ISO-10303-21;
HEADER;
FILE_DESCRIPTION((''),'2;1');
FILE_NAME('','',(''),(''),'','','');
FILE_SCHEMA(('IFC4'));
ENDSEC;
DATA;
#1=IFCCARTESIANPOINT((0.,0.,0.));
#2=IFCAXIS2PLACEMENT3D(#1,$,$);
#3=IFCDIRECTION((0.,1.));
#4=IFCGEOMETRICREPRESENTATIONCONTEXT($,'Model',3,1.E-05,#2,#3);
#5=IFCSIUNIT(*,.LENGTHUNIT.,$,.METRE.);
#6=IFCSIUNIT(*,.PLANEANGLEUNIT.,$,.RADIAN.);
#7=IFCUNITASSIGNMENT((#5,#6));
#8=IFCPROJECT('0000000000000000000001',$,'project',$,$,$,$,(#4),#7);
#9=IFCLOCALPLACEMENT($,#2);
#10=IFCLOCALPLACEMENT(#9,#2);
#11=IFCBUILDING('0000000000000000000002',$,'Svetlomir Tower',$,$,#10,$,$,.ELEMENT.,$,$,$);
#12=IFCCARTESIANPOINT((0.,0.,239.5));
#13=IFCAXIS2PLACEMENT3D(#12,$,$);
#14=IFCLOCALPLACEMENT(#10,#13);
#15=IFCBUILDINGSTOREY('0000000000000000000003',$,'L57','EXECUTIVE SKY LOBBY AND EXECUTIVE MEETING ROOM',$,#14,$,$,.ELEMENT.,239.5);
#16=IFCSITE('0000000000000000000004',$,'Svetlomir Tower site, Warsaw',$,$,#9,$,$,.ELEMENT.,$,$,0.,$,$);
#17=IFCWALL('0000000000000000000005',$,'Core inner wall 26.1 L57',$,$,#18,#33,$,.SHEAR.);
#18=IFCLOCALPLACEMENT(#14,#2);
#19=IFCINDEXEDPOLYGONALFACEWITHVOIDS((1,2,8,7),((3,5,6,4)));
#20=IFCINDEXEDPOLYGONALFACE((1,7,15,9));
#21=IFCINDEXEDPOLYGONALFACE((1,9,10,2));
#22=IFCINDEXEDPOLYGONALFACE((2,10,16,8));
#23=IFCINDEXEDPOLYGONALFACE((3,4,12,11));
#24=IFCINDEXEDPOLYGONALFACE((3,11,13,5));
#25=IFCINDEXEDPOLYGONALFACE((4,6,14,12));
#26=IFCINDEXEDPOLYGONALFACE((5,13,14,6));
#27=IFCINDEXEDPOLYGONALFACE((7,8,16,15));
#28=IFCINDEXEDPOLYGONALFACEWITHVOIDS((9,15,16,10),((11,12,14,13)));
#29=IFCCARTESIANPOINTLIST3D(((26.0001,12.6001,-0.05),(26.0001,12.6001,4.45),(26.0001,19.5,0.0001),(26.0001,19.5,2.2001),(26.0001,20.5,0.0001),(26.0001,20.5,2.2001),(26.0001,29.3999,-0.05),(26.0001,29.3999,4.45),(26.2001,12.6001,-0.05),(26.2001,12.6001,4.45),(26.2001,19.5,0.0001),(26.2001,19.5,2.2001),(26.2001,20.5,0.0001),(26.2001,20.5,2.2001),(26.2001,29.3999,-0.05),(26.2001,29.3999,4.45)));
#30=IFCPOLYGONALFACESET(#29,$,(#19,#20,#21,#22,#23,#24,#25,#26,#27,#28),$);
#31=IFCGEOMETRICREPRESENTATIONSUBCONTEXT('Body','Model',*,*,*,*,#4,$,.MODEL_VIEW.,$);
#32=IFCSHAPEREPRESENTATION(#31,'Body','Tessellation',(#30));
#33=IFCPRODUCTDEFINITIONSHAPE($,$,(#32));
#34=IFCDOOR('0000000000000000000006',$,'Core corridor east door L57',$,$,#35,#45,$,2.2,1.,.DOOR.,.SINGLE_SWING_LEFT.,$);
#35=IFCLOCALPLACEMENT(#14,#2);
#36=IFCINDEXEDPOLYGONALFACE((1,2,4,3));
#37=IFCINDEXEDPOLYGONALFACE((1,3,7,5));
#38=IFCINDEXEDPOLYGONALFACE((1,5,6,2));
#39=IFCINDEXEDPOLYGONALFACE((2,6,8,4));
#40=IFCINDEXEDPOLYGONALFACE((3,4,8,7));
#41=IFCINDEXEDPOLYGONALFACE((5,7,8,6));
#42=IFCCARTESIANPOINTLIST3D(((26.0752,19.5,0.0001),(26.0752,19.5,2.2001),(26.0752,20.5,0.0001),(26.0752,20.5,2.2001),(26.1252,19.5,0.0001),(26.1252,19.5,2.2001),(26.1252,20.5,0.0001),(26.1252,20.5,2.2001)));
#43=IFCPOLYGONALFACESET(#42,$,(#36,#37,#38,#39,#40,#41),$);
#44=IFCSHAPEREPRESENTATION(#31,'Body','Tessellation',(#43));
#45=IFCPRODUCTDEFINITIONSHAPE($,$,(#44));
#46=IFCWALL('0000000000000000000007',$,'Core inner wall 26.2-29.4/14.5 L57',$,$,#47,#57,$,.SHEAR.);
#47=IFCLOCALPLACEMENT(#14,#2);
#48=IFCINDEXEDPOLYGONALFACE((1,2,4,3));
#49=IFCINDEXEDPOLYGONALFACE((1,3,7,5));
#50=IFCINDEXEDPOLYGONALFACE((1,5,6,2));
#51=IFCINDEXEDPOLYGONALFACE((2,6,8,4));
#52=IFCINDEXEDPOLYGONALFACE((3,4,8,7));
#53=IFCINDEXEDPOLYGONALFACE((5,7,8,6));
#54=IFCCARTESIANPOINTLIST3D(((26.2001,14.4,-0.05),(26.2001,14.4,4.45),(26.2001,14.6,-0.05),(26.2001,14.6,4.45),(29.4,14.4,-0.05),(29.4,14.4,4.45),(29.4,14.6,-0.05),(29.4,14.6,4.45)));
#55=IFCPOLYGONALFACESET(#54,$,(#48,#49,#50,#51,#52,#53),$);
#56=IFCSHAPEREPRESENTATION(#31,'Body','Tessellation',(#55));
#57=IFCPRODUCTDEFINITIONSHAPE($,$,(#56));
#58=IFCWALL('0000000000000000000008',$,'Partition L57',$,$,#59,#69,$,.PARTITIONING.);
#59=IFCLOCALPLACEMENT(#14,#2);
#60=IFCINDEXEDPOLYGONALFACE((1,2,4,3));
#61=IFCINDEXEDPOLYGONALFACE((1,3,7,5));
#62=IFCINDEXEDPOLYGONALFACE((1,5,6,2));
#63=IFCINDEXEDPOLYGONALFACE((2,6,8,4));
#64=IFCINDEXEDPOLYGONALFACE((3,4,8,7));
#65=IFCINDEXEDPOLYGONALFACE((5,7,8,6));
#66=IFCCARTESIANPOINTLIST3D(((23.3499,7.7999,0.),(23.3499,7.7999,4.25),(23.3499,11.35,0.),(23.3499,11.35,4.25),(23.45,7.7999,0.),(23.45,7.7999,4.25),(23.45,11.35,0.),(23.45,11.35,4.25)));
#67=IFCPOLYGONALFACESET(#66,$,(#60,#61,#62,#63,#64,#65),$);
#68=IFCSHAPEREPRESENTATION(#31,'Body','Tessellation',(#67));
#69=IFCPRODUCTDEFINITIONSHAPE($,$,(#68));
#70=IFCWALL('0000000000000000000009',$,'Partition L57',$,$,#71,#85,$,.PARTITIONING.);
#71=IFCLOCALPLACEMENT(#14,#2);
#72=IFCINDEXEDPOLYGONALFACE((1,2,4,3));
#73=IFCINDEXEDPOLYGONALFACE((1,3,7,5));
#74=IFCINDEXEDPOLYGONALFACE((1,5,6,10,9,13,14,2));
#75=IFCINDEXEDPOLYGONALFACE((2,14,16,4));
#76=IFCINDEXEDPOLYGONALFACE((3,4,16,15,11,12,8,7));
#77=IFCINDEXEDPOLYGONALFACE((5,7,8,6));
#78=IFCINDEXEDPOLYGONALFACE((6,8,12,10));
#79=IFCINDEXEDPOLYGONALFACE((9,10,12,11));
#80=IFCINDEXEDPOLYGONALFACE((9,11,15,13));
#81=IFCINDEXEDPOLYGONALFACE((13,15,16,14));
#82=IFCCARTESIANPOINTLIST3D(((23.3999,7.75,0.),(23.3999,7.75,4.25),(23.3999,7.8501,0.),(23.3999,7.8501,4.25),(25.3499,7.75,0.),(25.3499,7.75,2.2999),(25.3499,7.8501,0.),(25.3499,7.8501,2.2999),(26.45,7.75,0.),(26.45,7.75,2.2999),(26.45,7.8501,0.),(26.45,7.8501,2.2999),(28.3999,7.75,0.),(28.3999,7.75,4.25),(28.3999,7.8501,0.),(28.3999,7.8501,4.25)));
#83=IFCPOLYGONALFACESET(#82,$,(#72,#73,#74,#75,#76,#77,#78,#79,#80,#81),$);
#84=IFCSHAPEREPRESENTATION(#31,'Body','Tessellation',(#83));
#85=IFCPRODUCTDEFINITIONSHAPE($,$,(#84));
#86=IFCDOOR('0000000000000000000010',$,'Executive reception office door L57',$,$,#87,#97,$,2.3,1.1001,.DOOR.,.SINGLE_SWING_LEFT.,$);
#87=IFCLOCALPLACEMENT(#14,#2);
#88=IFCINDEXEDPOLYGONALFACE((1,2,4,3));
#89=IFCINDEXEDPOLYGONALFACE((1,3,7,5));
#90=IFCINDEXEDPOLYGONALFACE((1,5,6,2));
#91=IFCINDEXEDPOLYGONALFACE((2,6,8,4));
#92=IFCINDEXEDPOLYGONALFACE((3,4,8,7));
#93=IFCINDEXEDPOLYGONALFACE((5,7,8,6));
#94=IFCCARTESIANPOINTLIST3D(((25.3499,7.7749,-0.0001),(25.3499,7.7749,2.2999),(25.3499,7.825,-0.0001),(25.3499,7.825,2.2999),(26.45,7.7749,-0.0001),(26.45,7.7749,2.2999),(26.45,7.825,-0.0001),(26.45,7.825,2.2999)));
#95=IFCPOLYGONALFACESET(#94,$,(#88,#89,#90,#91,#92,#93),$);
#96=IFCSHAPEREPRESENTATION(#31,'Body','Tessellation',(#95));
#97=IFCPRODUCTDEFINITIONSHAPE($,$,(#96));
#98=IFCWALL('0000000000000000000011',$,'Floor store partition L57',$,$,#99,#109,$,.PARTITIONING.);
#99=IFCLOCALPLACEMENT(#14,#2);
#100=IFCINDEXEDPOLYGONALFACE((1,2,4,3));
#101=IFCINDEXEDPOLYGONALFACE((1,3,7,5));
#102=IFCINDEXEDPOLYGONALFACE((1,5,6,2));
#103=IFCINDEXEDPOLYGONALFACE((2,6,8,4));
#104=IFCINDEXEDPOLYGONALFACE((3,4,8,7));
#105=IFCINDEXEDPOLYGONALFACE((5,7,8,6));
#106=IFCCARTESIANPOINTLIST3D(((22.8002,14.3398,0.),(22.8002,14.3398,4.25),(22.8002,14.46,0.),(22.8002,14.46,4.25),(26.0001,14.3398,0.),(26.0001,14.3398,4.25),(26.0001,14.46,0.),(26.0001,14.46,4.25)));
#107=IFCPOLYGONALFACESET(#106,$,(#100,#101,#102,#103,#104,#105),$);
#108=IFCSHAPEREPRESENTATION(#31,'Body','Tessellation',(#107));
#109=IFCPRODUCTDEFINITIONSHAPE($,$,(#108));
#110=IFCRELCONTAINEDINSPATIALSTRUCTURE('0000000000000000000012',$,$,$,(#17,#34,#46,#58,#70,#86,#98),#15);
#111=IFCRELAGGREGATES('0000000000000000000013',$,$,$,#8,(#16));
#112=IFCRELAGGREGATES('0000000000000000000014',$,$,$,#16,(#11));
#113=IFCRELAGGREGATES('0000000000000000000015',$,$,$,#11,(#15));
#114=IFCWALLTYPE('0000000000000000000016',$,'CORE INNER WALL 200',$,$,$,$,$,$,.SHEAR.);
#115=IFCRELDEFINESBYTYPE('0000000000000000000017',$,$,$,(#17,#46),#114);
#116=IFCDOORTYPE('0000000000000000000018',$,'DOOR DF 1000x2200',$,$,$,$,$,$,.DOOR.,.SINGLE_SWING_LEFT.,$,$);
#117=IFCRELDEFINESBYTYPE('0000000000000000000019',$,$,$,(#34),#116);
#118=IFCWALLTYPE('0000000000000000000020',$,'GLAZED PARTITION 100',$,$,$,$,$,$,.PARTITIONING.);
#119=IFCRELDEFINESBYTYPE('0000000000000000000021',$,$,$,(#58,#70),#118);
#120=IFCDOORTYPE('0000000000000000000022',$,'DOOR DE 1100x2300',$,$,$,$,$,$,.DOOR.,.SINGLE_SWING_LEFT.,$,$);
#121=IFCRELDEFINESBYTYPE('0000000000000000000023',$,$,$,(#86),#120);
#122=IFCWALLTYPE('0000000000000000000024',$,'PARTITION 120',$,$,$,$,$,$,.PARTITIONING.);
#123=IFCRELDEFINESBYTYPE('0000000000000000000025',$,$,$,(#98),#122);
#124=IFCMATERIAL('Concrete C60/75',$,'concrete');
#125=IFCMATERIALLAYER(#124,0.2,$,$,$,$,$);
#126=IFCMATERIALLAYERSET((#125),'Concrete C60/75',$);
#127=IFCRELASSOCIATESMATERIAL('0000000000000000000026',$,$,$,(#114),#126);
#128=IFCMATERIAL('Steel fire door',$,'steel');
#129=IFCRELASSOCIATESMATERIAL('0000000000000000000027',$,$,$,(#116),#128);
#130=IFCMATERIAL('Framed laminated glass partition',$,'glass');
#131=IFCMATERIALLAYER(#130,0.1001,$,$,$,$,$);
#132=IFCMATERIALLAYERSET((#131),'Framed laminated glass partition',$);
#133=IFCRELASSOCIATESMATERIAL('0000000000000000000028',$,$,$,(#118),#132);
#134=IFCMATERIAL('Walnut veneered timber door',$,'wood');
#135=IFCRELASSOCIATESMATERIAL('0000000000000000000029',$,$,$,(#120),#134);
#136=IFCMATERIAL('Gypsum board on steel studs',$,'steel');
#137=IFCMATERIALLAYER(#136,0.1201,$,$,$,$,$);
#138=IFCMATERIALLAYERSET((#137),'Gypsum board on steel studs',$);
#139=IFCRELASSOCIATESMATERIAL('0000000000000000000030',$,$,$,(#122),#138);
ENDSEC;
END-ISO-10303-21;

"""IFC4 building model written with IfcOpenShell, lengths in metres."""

from ifc_helpers import new_model, si_unit, direction, frame, frame_2d, origin, place, context, subcontext, project, spatial, rectangle, extrude, material, layer, layer_set, type_object, element, fill, save


model = new_model("IFC4")

# Units and contexts
model_context = context("Model", 3, precision=1e-05, world=origin(), true_north=direction((0.0, 1.0)))
body_context = subcontext(model_context, "Body", "Model", "MODEL_VIEW")
ifc_project = project(units=[si_unit("LENGTHUNIT", "METRE"), si_unit("PLANEANGLEUNIT", "RADIAN")], contexts=[model_context])

# Site, building, storey
site_placement = place(None, origin())
site = spatial("IfcSite", under=ifc_project, at=site_placement, Name="Svetlomir Tower site, Warsaw", CompositionType="ELEMENT", RefElevation=0.0)
building_placement = place(site_placement, origin())
building = spatial("IfcBuilding", under=site, at=building_placement, Name="Svetlomir Tower", CompositionType="ELEMENT")
storey_placement = place(building_placement, frame((0.0, 0.0, 239.5)))
storey = spatial("IfcBuildingStorey", under=building, at=storey_placement, Name="L57", Description="EXECUTIVE SKY LOBBY AND EXECUTIVE MEETING ROOM", CompositionType="ELEMENT", Elevation=239.5)

# Shared definitions
ifc_material_1 = material(Name="Concrete C60/75", Category="concrete")
ifc_layer_1 = layer(ifc_material_1, 0.2)
ifc_layer_set_1 = layer_set([ifc_layer_1], Name="Concrete C60/75")
wall_type_1 = type_object("IfcWallType", Name="CORE INNER WALL 200", PredefinedType="SHEAR", material=ifc_layer_set_1)

# Wall, opening, door
wall_1_placement = place(storey_placement, frame((26.1001, 12.6001, -0.05), z_axis=(0.0, 0.0, 1.0), x_axis=(0.0, 1.0, 0.0)))
wall_1 = element("IfcWall", 1, at=wall_1_placement, inside=storey, type_object=wall_type_1, Name="Core inner wall 26.1 L57", PredefinedType="SHEAR", context=body_context, shape_type="SweptSolid", body=[
    extrude(rectangle(XDim=16.7998, YDim=0.2, at=frame_2d((8.3999, 0.0))), origin(), (0.0, 0.0, 1.0), 4.5),
])
opening_1_placement = place(wall_1_placement, frame((6.8999, 0.0, 0.05)))
opening_1 = element("IfcOpeningElement", 2, at=opening_1_placement, cuts=wall_1, PredefinedType="OPENING", context=body_context, shape_type="SweptSolid", body=[
    extrude(rectangle(XDim=1.0, YDim=2.2, at=frame_2d((0.5, 1.1001))), frame((0.0, 0.1099, 0.0), z_axis=(0.0, -1.0, 0.0), x_axis=(1.0, 0.0, 0.0)), (0.0, 0.0, 1.0), 0.22),
])
ifc_material_2 = material(Name="Steel fire door", Category="steel")
door_type_1 = type_object("IfcDoorType", Name="DOOR DF 1000x2200", OperationType="SINGLE_SWING_LEFT", PredefinedType="DOOR", material=ifc_material_2)
door_1_placement = place(opening_1_placement, origin())
door_1 = element("IfcDoor", 3, at=door_1_placement, inside=storey, type_object=door_type_1, Name="Core corridor east door L57", OperationType="SINGLE_SWING_LEFT", OverallHeight=2.2, OverallWidth=1.0, PredefinedType="DOOR", context=body_context, shape_type="SweptSolid", body=[
    extrude(rectangle(XDim=1.0, YDim=2.2, at=frame_2d((0.5, 1.1001))), frame((0.0, 0.0249, 0.0), z_axis=(0.0, -1.0, 0.0), x_axis=(1.0, 0.0, 0.0)), (0.0, 0.0, 1.0), 0.05),
])
fill(opening_1, door_1)

# Walls
wall_2_placement = place(storey_placement, frame((26.2, 14.5, -0.05), z_axis=(0.0, 0.0, 1.0), x_axis=(1.0, 0.0, 0.0)))
element("IfcWall", 4, at=wall_2_placement, inside=storey, type_object=wall_type_1, Name="Core inner wall 26.2-29.4/14.5 L57", PredefinedType="SHEAR", context=body_context, shape_type="SweptSolid", body=[
    extrude(rectangle(XDim=3.2, YDim=0.2, at=frame_2d((1.6001, 0.0))), origin(), (0.0, 0.0, 1.0), 4.5),
])
ifc_material_3 = material(Name="Framed laminated glass partition", Category="glass")
ifc_layer_2 = layer(ifc_material_3, 0.1001)
ifc_layer_set_2 = layer_set([ifc_layer_2], Name="Framed laminated glass partition")
wall_type_2 = type_object("IfcWallType", Name="GLAZED PARTITION 100", PredefinedType="PARTITIONING", material=ifc_layer_set_2)
wall_3_placement = place(storey_placement, frame((23.3999, 7.8, 0.0), z_axis=(0.0, 0.0, 1.0), x_axis=(0.0, 1.0, 0.0)))
element("IfcWall", 5, at=wall_3_placement, inside=storey, type_object=wall_type_2, Name="Partition L57", PredefinedType="PARTITIONING", context=body_context, shape_type="SweptSolid", body=[
    extrude(rectangle(XDim=3.55, YDim=0.1001, at=frame_2d((1.7749, 0.0))), origin(), (0.0, 0.0, 1.0), 4.25),
])

# Wall, opening, door
wall_4_placement = place(storey_placement, frame((23.3999, 7.8, 0.0), z_axis=(0.0, 0.0, 1.0), x_axis=(1.0, 0.0, 0.0)))
wall_4 = element("IfcWall", 6, at=wall_4_placement, inside=storey, type_object=wall_type_2, Name="Partition L57", PredefinedType="PARTITIONING", context=body_context, shape_type="SweptSolid", body=[
    extrude(rectangle(XDim=5.0, YDim=0.1001, at=frame_2d((2.5, 0.0))), origin(), (0.0, 0.0, 1.0), 4.25),
])
opening_2_placement = place(wall_4_placement, frame((1.95, 0.0, 0.0)))
opening_2 = element("IfcOpeningElement", 7, at=opening_2_placement, cuts=wall_4, PredefinedType="OPENING", context=body_context, shape_type="SweptSolid", body=[
    extrude(rectangle(XDim=1.1001, YDim=2.3, at=frame_2d((0.55, 1.1499))), frame((0.0, 0.0601, 0.0), z_axis=(0.0, -1.0, 0.0), x_axis=(1.0, 0.0, 0.0)), (0.0, 0.0, 1.0), 0.1201),
])
ifc_material_4 = material(Name="Walnut veneered timber door", Category="wood")
door_type_2 = type_object("IfcDoorType", Name="DOOR DE 1100x2300", OperationType="SINGLE_SWING_LEFT", PredefinedType="DOOR", material=ifc_material_4)
door_2_placement = place(opening_2_placement, origin())
door_2 = element("IfcDoor", 8, at=door_2_placement, inside=storey, type_object=door_type_2, Name="Executive reception office door L57", OperationType="SINGLE_SWING_LEFT", OverallHeight=2.3, OverallWidth=1.1001, PredefinedType="DOOR", context=body_context, shape_type="SweptSolid", body=[
    extrude(rectangle(XDim=1.1001, YDim=2.3, at=frame_2d((0.55, 1.1499))), frame((0.0, 0.0249, 0.0), z_axis=(0.0, -1.0, 0.0), x_axis=(1.0, 0.0, 0.0)), (0.0, 0.0, 1.0), 0.05),
])
fill(opening_2, door_2)

# Wall
ifc_material_5 = material(Name="Gypsum board on steel studs", Category="steel")
ifc_layer_3 = layer(ifc_material_5, 0.1201)
ifc_layer_set_3 = layer_set([ifc_layer_3], Name="Gypsum board on steel studs")
wall_type_3 = type_object("IfcWallType", Name="PARTITION 120", PredefinedType="PARTITIONING", material=ifc_layer_set_3)
wall_5_placement = place(storey_placement, frame((22.8, 14.3999, 0.0), z_axis=(0.0, 0.0, 1.0), x_axis=(1.0, 0.0, 0.0)))
element("IfcWall", 9, at=wall_5_placement, inside=storey, type_object=wall_type_3, Name="Floor store partition L57", PredefinedType="PARTITIONING", context=body_context, shape_type="SweptSolid", body=[
    extrude(rectangle(XDim=3.2, YDim=0.1201, at=frame_2d((1.6001, 0.0))), origin(), (0.0, 0.0, 1.0), 4.25),
])

save(model, "model.ifc")
